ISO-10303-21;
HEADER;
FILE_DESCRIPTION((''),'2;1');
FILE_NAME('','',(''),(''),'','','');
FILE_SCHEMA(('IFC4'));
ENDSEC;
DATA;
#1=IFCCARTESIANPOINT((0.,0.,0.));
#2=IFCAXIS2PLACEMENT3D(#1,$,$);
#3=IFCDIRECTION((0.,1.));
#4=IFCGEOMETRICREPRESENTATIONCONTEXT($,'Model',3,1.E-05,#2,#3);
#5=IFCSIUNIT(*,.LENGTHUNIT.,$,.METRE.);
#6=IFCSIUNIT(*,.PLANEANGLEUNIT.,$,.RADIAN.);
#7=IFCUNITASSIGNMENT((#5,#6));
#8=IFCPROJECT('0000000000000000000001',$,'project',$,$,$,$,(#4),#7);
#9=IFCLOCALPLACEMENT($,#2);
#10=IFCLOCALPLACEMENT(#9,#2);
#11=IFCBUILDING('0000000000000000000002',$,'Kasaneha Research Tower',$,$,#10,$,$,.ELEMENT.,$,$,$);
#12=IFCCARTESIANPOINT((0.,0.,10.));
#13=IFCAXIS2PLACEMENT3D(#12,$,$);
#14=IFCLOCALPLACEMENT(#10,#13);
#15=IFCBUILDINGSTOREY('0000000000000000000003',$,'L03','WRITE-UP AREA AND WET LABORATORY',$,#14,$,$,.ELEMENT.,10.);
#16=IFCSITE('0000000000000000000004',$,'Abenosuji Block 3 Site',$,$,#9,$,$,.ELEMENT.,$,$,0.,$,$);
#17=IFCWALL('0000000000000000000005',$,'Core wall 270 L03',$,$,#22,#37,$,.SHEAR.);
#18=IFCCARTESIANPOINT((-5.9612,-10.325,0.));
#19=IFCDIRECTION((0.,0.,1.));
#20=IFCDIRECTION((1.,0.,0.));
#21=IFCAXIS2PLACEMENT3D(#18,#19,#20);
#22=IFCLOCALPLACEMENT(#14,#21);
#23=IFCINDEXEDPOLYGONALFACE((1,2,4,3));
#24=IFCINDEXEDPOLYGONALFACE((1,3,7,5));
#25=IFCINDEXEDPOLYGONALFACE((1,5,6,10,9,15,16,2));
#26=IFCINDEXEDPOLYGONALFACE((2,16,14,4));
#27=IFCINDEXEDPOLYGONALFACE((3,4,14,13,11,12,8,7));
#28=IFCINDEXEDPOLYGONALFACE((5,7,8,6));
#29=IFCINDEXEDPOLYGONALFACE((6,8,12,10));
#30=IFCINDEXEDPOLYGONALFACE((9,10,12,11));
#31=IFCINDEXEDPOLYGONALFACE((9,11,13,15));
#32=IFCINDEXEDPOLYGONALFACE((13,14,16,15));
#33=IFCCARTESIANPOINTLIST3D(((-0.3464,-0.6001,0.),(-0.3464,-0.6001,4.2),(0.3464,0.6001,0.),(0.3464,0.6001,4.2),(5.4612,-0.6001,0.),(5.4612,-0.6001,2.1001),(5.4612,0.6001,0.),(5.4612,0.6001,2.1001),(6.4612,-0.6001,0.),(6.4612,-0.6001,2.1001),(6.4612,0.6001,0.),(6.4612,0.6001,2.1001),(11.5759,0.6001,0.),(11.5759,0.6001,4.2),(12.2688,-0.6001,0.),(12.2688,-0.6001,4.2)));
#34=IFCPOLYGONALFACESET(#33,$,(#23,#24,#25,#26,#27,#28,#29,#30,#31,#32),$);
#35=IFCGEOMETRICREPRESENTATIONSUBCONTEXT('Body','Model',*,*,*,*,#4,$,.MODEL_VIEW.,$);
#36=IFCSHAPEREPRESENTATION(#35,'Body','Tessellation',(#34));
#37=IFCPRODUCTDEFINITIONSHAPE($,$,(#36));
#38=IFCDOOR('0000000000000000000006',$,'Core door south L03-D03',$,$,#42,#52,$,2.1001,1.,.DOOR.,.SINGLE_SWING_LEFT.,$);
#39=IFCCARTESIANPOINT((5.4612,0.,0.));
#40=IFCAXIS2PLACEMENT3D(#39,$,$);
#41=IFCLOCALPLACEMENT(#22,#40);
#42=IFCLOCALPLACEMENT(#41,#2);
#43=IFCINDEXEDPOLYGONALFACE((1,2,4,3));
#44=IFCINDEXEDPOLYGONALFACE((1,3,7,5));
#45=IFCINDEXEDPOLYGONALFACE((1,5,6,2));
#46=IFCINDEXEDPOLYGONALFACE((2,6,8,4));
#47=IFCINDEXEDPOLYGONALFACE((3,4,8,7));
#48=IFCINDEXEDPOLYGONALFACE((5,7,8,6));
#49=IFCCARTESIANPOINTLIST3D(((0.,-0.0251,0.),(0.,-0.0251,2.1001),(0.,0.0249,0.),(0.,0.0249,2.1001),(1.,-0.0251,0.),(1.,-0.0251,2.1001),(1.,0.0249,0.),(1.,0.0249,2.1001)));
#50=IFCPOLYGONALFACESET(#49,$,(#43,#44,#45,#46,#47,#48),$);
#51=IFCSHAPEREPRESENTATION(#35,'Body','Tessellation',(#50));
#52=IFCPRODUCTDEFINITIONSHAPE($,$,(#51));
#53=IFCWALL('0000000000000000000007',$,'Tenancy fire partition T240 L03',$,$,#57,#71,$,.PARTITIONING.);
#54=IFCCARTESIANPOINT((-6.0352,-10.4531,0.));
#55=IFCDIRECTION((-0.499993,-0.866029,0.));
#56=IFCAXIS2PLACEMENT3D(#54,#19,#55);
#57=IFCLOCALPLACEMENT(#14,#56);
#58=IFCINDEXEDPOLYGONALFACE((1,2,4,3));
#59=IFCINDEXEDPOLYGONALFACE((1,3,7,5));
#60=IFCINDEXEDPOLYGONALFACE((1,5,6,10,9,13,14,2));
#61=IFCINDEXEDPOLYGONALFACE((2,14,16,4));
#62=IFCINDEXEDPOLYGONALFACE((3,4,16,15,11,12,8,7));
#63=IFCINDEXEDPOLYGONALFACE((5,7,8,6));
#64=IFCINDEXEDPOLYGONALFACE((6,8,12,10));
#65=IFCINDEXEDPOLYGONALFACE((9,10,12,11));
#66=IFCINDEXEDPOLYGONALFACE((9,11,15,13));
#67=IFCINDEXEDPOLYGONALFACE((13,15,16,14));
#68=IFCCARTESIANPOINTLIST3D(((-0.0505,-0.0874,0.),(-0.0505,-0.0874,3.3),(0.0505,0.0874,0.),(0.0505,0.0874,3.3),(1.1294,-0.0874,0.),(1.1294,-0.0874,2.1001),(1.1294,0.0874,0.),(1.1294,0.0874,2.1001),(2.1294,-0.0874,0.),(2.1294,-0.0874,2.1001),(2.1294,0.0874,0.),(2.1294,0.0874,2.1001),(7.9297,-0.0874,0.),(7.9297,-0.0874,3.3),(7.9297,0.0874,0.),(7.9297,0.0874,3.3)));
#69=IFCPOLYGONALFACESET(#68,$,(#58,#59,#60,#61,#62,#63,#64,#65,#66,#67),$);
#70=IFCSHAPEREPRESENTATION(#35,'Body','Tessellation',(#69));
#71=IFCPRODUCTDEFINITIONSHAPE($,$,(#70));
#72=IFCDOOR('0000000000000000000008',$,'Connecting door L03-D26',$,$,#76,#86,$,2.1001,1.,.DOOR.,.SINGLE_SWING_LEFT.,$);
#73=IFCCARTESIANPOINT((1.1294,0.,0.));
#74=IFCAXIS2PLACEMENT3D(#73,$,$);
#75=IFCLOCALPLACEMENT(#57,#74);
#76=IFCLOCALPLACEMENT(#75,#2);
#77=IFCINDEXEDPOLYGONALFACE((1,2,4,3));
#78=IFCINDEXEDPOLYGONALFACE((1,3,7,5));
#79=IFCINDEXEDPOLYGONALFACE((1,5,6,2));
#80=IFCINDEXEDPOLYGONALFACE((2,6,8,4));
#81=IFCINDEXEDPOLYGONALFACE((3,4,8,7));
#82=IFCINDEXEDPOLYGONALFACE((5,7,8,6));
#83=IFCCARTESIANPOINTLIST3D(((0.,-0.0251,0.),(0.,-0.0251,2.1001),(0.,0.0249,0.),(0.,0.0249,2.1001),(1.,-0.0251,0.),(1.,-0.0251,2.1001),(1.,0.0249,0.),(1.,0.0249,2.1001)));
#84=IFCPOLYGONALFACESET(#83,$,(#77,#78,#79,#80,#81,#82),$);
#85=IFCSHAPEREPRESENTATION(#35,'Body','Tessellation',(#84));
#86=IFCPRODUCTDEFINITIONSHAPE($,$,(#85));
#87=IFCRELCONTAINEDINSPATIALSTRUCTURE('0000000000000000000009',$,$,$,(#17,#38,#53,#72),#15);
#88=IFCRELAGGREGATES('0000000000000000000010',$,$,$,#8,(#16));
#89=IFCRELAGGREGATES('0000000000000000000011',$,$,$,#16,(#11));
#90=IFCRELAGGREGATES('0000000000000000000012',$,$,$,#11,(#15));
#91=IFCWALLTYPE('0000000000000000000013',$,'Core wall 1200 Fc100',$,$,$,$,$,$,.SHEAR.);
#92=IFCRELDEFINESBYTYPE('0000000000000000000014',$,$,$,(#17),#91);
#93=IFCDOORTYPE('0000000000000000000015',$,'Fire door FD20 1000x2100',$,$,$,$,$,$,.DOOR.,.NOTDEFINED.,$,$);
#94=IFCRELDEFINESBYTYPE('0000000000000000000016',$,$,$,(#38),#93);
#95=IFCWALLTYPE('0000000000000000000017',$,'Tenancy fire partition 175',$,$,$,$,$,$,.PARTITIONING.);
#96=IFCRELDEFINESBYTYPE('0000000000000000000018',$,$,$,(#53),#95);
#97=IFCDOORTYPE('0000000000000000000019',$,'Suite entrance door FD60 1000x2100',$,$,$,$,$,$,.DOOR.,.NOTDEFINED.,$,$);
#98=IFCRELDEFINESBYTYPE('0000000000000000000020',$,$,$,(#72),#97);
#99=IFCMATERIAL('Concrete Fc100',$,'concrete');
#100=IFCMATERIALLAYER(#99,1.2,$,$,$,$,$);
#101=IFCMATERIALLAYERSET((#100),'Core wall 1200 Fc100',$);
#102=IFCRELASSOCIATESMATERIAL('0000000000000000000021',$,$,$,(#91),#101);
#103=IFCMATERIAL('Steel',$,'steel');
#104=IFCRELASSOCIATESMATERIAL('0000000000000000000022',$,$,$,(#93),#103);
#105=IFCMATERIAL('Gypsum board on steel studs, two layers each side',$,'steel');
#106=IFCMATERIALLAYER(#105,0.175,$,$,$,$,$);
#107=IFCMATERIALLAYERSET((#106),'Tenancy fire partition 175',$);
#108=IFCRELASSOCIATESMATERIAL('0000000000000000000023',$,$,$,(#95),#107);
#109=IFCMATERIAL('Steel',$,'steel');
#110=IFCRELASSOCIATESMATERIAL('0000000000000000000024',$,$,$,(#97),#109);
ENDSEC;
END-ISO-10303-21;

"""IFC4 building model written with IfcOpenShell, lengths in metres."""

from ifc_helpers import new_model, si_unit, direction, frame, frame_2d, origin, place, context, subcontext, project, spatial, polyline, rectangle, outline, extrude, material, layer, layer_set, type_object, element, fill, save


model = new_model("IFC4")

# Units and contexts
model_context = context("Model", 3, precision=1e-05, world=origin(), true_north=direction((0.0, 1.0)))
body_context = subcontext(model_context, "Body", "Model", "MODEL_VIEW")
ifc_project = project(units=[si_unit("LENGTHUNIT", "METRE"), si_unit("PLANEANGLEUNIT", "RADIAN")], contexts=[model_context])

# Site, building, storey
site_placement = place(None, origin())
site = spatial("IfcSite", under=ifc_project, at=site_placement, Name="Abenosuji Block 3 Site", CompositionType="ELEMENT", RefElevation=0.0)
building_placement = place(site_placement, origin())
building = spatial("IfcBuilding", under=site, at=building_placement, Name="Kasaneha Research Tower", CompositionType="ELEMENT")
storey_placement = place(building_placement, frame((0.0, 0.0, 10.0)))
storey = spatial("IfcBuildingStorey", under=building, at=storey_placement, Name="L03", Description="WRITE-UP AREA AND WET LABORATORY", CompositionType="ELEMENT", Elevation=10.0)

# Walls, openings, doors
ifc_material_1 = material(Name="Concrete Fc100", Category="concrete")
ifc_layer_1 = layer(ifc_material_1, 1.2)
ifc_layer_set_1 = layer_set([ifc_layer_1], Name="Core wall 1200 Fc100")
wall_type_1 = type_object("IfcWallType", Name="Core wall 1200 Fc100", PredefinedType="SHEAR", material=ifc_layer_set_1)
wall_1_placement = place(storey_placement, frame((-5.9612, -10.325, 0.0), z_axis=(0.0, 0.0, 1.0), x_axis=(1.0, 0.0, 0.0)))
wall_1 = element("IfcWall", 1, at=wall_1_placement, inside=storey, type_object=wall_type_1, Name="Core wall 270 L03", PredefinedType="SHEAR", context=body_context, shape_type="SweptSolid", body=[
    extrude(outline(polyline([(-0.3464, -0.6001), (5.4612, -0.6001), (6.4612, -0.6001), (12.2688, -0.6001), (11.5759, 0.6001), (6.4612, 0.6001), (5.4612, 0.6001), (0.3464, 0.6001), (-0.3464, -0.6001)])), origin(), (0.0, 0.0, 1.0), 4.2),
])
opening_1_placement = place(wall_1_placement, frame((5.4612, 0.0, 0.0)))
opening_1 = element("IfcOpeningElement", 2, at=opening_1_placement, cuts=wall_1, PredefinedType="OPENING", context=body_context, shape_type="SweptSolid", body=[
    extrude(rectangle(XDim=1.0, YDim=2.1001, at=frame_2d((0.5, 1.05))), frame((0.0, 0.6099, 0.0), z_axis=(0.0, -1.0, 0.0), x_axis=(1.0, 0.0, 0.0)), (0.0, 0.0, 1.0), 1.22),
])
ifc_material_2 = material(Name="Steel", Category="steel")
door_type_1 = type_object("IfcDoorType", Name="Fire door FD20 1000x2100", OperationType="NOTDEFINED", PredefinedType="DOOR", material=ifc_material_2)
door_1_placement = place(opening_1_placement, origin())
door_1 = element("IfcDoor", 3, at=door_1_placement, inside=storey, type_object=door_type_1, Name="Core door south L03-D03", OperationType="SINGLE_SWING_LEFT", OverallHeight=2.1001, OverallWidth=1.0, PredefinedType="DOOR", context=body_context, shape_type="SweptSolid", body=[
    extrude(rectangle(XDim=1.0, YDim=2.1001, at=frame_2d((0.5, 1.05))), frame((0.0, 0.0249, 0.0), z_axis=(0.0, -1.0, 0.0), x_axis=(1.0, 0.0, 0.0)), (0.0, 0.0, 1.0), 0.05),
])
fill(opening_1, door_1)
ifc_material_3 = material(Name="Gypsum board on steel studs, two layers each side", Category="steel")
ifc_layer_2 = layer(ifc_material_3, 0.175)
ifc_layer_set_2 = layer_set([ifc_layer_2], Name="Tenancy fire partition 175")
wall_type_2 = type_object("IfcWallType", Name="Tenancy fire partition 175", PredefinedType="PARTITIONING", material=ifc_layer_set_2)
wall_2_placement = place(storey_placement, frame((-6.0352, -10.4531, 0.0), z_axis=(0.0, 0.0, 1.0), x_axis=(-0.499993, -0.866029, 0.0)))
wall_2 = element("IfcWall", 4, at=wall_2_placement, inside=storey, type_object=wall_type_2, Name="Tenancy fire partition T240 L03", PredefinedType="PARTITIONING", context=body_context, shape_type="SweptSolid", body=[
    extrude(outline(polyline([(-0.0505, -0.0874), (1.1294, -0.0874), (2.1294, -0.0874), (7.9297, -0.0874), (7.9297, 0.0874), (2.1294, 0.0874), (1.1294, 0.0874), (0.0505, 0.0874), (-0.0505, -0.0874)])), origin(), (0.0, 0.0, 1.0), 3.3),
])
opening_2_placement = place(wall_2_placement, frame((1.1294, 0.0, 0.0)))
opening_2 = element("IfcOpeningElement", 5, at=opening_2_placement, cuts=wall_2, PredefinedType="OPENING", context=body_context, shape_type="SweptSolid", body=[
    extrude(rectangle(XDim=1.0, YDim=2.1001, at=frame_2d((0.5, 1.05))), frame((0.0, 0.0977, 0.0), z_axis=(0.0, -1.0, 0.0), x_axis=(1.0, 0.0, 0.0)), (0.0, 0.0, 1.0), 0.1951),
])
ifc_material_4 = material(Name="Steel", Category="steel")
door_type_2 = type_object("IfcDoorType", Name="Suite entrance door FD60 1000x2100", OperationType="NOTDEFINED", PredefinedType="DOOR", material=ifc_material_4)
door_2_placement = place(opening_2_placement, origin())
door_2 = element("IfcDoor", 6, at=door_2_placement, inside=storey, type_object=door_type_2, Name="Connecting door L03-D26", OperationType="SINGLE_SWING_LEFT", OverallHeight=2.1001, OverallWidth=1.0, PredefinedType="DOOR", context=body_context, shape_type="SweptSolid", body=[
    extrude(rectangle(XDim=1.0, YDim=2.1001, at=frame_2d((0.5, 1.05))), frame((0.0, 0.0249, 0.0), z_axis=(0.0, -1.0, 0.0), x_axis=(1.0, 0.0, 0.0)), (0.0, 0.0, 1.0), 0.05),
])
fill(opening_2, door_2)

save(model, "model.ifc")
